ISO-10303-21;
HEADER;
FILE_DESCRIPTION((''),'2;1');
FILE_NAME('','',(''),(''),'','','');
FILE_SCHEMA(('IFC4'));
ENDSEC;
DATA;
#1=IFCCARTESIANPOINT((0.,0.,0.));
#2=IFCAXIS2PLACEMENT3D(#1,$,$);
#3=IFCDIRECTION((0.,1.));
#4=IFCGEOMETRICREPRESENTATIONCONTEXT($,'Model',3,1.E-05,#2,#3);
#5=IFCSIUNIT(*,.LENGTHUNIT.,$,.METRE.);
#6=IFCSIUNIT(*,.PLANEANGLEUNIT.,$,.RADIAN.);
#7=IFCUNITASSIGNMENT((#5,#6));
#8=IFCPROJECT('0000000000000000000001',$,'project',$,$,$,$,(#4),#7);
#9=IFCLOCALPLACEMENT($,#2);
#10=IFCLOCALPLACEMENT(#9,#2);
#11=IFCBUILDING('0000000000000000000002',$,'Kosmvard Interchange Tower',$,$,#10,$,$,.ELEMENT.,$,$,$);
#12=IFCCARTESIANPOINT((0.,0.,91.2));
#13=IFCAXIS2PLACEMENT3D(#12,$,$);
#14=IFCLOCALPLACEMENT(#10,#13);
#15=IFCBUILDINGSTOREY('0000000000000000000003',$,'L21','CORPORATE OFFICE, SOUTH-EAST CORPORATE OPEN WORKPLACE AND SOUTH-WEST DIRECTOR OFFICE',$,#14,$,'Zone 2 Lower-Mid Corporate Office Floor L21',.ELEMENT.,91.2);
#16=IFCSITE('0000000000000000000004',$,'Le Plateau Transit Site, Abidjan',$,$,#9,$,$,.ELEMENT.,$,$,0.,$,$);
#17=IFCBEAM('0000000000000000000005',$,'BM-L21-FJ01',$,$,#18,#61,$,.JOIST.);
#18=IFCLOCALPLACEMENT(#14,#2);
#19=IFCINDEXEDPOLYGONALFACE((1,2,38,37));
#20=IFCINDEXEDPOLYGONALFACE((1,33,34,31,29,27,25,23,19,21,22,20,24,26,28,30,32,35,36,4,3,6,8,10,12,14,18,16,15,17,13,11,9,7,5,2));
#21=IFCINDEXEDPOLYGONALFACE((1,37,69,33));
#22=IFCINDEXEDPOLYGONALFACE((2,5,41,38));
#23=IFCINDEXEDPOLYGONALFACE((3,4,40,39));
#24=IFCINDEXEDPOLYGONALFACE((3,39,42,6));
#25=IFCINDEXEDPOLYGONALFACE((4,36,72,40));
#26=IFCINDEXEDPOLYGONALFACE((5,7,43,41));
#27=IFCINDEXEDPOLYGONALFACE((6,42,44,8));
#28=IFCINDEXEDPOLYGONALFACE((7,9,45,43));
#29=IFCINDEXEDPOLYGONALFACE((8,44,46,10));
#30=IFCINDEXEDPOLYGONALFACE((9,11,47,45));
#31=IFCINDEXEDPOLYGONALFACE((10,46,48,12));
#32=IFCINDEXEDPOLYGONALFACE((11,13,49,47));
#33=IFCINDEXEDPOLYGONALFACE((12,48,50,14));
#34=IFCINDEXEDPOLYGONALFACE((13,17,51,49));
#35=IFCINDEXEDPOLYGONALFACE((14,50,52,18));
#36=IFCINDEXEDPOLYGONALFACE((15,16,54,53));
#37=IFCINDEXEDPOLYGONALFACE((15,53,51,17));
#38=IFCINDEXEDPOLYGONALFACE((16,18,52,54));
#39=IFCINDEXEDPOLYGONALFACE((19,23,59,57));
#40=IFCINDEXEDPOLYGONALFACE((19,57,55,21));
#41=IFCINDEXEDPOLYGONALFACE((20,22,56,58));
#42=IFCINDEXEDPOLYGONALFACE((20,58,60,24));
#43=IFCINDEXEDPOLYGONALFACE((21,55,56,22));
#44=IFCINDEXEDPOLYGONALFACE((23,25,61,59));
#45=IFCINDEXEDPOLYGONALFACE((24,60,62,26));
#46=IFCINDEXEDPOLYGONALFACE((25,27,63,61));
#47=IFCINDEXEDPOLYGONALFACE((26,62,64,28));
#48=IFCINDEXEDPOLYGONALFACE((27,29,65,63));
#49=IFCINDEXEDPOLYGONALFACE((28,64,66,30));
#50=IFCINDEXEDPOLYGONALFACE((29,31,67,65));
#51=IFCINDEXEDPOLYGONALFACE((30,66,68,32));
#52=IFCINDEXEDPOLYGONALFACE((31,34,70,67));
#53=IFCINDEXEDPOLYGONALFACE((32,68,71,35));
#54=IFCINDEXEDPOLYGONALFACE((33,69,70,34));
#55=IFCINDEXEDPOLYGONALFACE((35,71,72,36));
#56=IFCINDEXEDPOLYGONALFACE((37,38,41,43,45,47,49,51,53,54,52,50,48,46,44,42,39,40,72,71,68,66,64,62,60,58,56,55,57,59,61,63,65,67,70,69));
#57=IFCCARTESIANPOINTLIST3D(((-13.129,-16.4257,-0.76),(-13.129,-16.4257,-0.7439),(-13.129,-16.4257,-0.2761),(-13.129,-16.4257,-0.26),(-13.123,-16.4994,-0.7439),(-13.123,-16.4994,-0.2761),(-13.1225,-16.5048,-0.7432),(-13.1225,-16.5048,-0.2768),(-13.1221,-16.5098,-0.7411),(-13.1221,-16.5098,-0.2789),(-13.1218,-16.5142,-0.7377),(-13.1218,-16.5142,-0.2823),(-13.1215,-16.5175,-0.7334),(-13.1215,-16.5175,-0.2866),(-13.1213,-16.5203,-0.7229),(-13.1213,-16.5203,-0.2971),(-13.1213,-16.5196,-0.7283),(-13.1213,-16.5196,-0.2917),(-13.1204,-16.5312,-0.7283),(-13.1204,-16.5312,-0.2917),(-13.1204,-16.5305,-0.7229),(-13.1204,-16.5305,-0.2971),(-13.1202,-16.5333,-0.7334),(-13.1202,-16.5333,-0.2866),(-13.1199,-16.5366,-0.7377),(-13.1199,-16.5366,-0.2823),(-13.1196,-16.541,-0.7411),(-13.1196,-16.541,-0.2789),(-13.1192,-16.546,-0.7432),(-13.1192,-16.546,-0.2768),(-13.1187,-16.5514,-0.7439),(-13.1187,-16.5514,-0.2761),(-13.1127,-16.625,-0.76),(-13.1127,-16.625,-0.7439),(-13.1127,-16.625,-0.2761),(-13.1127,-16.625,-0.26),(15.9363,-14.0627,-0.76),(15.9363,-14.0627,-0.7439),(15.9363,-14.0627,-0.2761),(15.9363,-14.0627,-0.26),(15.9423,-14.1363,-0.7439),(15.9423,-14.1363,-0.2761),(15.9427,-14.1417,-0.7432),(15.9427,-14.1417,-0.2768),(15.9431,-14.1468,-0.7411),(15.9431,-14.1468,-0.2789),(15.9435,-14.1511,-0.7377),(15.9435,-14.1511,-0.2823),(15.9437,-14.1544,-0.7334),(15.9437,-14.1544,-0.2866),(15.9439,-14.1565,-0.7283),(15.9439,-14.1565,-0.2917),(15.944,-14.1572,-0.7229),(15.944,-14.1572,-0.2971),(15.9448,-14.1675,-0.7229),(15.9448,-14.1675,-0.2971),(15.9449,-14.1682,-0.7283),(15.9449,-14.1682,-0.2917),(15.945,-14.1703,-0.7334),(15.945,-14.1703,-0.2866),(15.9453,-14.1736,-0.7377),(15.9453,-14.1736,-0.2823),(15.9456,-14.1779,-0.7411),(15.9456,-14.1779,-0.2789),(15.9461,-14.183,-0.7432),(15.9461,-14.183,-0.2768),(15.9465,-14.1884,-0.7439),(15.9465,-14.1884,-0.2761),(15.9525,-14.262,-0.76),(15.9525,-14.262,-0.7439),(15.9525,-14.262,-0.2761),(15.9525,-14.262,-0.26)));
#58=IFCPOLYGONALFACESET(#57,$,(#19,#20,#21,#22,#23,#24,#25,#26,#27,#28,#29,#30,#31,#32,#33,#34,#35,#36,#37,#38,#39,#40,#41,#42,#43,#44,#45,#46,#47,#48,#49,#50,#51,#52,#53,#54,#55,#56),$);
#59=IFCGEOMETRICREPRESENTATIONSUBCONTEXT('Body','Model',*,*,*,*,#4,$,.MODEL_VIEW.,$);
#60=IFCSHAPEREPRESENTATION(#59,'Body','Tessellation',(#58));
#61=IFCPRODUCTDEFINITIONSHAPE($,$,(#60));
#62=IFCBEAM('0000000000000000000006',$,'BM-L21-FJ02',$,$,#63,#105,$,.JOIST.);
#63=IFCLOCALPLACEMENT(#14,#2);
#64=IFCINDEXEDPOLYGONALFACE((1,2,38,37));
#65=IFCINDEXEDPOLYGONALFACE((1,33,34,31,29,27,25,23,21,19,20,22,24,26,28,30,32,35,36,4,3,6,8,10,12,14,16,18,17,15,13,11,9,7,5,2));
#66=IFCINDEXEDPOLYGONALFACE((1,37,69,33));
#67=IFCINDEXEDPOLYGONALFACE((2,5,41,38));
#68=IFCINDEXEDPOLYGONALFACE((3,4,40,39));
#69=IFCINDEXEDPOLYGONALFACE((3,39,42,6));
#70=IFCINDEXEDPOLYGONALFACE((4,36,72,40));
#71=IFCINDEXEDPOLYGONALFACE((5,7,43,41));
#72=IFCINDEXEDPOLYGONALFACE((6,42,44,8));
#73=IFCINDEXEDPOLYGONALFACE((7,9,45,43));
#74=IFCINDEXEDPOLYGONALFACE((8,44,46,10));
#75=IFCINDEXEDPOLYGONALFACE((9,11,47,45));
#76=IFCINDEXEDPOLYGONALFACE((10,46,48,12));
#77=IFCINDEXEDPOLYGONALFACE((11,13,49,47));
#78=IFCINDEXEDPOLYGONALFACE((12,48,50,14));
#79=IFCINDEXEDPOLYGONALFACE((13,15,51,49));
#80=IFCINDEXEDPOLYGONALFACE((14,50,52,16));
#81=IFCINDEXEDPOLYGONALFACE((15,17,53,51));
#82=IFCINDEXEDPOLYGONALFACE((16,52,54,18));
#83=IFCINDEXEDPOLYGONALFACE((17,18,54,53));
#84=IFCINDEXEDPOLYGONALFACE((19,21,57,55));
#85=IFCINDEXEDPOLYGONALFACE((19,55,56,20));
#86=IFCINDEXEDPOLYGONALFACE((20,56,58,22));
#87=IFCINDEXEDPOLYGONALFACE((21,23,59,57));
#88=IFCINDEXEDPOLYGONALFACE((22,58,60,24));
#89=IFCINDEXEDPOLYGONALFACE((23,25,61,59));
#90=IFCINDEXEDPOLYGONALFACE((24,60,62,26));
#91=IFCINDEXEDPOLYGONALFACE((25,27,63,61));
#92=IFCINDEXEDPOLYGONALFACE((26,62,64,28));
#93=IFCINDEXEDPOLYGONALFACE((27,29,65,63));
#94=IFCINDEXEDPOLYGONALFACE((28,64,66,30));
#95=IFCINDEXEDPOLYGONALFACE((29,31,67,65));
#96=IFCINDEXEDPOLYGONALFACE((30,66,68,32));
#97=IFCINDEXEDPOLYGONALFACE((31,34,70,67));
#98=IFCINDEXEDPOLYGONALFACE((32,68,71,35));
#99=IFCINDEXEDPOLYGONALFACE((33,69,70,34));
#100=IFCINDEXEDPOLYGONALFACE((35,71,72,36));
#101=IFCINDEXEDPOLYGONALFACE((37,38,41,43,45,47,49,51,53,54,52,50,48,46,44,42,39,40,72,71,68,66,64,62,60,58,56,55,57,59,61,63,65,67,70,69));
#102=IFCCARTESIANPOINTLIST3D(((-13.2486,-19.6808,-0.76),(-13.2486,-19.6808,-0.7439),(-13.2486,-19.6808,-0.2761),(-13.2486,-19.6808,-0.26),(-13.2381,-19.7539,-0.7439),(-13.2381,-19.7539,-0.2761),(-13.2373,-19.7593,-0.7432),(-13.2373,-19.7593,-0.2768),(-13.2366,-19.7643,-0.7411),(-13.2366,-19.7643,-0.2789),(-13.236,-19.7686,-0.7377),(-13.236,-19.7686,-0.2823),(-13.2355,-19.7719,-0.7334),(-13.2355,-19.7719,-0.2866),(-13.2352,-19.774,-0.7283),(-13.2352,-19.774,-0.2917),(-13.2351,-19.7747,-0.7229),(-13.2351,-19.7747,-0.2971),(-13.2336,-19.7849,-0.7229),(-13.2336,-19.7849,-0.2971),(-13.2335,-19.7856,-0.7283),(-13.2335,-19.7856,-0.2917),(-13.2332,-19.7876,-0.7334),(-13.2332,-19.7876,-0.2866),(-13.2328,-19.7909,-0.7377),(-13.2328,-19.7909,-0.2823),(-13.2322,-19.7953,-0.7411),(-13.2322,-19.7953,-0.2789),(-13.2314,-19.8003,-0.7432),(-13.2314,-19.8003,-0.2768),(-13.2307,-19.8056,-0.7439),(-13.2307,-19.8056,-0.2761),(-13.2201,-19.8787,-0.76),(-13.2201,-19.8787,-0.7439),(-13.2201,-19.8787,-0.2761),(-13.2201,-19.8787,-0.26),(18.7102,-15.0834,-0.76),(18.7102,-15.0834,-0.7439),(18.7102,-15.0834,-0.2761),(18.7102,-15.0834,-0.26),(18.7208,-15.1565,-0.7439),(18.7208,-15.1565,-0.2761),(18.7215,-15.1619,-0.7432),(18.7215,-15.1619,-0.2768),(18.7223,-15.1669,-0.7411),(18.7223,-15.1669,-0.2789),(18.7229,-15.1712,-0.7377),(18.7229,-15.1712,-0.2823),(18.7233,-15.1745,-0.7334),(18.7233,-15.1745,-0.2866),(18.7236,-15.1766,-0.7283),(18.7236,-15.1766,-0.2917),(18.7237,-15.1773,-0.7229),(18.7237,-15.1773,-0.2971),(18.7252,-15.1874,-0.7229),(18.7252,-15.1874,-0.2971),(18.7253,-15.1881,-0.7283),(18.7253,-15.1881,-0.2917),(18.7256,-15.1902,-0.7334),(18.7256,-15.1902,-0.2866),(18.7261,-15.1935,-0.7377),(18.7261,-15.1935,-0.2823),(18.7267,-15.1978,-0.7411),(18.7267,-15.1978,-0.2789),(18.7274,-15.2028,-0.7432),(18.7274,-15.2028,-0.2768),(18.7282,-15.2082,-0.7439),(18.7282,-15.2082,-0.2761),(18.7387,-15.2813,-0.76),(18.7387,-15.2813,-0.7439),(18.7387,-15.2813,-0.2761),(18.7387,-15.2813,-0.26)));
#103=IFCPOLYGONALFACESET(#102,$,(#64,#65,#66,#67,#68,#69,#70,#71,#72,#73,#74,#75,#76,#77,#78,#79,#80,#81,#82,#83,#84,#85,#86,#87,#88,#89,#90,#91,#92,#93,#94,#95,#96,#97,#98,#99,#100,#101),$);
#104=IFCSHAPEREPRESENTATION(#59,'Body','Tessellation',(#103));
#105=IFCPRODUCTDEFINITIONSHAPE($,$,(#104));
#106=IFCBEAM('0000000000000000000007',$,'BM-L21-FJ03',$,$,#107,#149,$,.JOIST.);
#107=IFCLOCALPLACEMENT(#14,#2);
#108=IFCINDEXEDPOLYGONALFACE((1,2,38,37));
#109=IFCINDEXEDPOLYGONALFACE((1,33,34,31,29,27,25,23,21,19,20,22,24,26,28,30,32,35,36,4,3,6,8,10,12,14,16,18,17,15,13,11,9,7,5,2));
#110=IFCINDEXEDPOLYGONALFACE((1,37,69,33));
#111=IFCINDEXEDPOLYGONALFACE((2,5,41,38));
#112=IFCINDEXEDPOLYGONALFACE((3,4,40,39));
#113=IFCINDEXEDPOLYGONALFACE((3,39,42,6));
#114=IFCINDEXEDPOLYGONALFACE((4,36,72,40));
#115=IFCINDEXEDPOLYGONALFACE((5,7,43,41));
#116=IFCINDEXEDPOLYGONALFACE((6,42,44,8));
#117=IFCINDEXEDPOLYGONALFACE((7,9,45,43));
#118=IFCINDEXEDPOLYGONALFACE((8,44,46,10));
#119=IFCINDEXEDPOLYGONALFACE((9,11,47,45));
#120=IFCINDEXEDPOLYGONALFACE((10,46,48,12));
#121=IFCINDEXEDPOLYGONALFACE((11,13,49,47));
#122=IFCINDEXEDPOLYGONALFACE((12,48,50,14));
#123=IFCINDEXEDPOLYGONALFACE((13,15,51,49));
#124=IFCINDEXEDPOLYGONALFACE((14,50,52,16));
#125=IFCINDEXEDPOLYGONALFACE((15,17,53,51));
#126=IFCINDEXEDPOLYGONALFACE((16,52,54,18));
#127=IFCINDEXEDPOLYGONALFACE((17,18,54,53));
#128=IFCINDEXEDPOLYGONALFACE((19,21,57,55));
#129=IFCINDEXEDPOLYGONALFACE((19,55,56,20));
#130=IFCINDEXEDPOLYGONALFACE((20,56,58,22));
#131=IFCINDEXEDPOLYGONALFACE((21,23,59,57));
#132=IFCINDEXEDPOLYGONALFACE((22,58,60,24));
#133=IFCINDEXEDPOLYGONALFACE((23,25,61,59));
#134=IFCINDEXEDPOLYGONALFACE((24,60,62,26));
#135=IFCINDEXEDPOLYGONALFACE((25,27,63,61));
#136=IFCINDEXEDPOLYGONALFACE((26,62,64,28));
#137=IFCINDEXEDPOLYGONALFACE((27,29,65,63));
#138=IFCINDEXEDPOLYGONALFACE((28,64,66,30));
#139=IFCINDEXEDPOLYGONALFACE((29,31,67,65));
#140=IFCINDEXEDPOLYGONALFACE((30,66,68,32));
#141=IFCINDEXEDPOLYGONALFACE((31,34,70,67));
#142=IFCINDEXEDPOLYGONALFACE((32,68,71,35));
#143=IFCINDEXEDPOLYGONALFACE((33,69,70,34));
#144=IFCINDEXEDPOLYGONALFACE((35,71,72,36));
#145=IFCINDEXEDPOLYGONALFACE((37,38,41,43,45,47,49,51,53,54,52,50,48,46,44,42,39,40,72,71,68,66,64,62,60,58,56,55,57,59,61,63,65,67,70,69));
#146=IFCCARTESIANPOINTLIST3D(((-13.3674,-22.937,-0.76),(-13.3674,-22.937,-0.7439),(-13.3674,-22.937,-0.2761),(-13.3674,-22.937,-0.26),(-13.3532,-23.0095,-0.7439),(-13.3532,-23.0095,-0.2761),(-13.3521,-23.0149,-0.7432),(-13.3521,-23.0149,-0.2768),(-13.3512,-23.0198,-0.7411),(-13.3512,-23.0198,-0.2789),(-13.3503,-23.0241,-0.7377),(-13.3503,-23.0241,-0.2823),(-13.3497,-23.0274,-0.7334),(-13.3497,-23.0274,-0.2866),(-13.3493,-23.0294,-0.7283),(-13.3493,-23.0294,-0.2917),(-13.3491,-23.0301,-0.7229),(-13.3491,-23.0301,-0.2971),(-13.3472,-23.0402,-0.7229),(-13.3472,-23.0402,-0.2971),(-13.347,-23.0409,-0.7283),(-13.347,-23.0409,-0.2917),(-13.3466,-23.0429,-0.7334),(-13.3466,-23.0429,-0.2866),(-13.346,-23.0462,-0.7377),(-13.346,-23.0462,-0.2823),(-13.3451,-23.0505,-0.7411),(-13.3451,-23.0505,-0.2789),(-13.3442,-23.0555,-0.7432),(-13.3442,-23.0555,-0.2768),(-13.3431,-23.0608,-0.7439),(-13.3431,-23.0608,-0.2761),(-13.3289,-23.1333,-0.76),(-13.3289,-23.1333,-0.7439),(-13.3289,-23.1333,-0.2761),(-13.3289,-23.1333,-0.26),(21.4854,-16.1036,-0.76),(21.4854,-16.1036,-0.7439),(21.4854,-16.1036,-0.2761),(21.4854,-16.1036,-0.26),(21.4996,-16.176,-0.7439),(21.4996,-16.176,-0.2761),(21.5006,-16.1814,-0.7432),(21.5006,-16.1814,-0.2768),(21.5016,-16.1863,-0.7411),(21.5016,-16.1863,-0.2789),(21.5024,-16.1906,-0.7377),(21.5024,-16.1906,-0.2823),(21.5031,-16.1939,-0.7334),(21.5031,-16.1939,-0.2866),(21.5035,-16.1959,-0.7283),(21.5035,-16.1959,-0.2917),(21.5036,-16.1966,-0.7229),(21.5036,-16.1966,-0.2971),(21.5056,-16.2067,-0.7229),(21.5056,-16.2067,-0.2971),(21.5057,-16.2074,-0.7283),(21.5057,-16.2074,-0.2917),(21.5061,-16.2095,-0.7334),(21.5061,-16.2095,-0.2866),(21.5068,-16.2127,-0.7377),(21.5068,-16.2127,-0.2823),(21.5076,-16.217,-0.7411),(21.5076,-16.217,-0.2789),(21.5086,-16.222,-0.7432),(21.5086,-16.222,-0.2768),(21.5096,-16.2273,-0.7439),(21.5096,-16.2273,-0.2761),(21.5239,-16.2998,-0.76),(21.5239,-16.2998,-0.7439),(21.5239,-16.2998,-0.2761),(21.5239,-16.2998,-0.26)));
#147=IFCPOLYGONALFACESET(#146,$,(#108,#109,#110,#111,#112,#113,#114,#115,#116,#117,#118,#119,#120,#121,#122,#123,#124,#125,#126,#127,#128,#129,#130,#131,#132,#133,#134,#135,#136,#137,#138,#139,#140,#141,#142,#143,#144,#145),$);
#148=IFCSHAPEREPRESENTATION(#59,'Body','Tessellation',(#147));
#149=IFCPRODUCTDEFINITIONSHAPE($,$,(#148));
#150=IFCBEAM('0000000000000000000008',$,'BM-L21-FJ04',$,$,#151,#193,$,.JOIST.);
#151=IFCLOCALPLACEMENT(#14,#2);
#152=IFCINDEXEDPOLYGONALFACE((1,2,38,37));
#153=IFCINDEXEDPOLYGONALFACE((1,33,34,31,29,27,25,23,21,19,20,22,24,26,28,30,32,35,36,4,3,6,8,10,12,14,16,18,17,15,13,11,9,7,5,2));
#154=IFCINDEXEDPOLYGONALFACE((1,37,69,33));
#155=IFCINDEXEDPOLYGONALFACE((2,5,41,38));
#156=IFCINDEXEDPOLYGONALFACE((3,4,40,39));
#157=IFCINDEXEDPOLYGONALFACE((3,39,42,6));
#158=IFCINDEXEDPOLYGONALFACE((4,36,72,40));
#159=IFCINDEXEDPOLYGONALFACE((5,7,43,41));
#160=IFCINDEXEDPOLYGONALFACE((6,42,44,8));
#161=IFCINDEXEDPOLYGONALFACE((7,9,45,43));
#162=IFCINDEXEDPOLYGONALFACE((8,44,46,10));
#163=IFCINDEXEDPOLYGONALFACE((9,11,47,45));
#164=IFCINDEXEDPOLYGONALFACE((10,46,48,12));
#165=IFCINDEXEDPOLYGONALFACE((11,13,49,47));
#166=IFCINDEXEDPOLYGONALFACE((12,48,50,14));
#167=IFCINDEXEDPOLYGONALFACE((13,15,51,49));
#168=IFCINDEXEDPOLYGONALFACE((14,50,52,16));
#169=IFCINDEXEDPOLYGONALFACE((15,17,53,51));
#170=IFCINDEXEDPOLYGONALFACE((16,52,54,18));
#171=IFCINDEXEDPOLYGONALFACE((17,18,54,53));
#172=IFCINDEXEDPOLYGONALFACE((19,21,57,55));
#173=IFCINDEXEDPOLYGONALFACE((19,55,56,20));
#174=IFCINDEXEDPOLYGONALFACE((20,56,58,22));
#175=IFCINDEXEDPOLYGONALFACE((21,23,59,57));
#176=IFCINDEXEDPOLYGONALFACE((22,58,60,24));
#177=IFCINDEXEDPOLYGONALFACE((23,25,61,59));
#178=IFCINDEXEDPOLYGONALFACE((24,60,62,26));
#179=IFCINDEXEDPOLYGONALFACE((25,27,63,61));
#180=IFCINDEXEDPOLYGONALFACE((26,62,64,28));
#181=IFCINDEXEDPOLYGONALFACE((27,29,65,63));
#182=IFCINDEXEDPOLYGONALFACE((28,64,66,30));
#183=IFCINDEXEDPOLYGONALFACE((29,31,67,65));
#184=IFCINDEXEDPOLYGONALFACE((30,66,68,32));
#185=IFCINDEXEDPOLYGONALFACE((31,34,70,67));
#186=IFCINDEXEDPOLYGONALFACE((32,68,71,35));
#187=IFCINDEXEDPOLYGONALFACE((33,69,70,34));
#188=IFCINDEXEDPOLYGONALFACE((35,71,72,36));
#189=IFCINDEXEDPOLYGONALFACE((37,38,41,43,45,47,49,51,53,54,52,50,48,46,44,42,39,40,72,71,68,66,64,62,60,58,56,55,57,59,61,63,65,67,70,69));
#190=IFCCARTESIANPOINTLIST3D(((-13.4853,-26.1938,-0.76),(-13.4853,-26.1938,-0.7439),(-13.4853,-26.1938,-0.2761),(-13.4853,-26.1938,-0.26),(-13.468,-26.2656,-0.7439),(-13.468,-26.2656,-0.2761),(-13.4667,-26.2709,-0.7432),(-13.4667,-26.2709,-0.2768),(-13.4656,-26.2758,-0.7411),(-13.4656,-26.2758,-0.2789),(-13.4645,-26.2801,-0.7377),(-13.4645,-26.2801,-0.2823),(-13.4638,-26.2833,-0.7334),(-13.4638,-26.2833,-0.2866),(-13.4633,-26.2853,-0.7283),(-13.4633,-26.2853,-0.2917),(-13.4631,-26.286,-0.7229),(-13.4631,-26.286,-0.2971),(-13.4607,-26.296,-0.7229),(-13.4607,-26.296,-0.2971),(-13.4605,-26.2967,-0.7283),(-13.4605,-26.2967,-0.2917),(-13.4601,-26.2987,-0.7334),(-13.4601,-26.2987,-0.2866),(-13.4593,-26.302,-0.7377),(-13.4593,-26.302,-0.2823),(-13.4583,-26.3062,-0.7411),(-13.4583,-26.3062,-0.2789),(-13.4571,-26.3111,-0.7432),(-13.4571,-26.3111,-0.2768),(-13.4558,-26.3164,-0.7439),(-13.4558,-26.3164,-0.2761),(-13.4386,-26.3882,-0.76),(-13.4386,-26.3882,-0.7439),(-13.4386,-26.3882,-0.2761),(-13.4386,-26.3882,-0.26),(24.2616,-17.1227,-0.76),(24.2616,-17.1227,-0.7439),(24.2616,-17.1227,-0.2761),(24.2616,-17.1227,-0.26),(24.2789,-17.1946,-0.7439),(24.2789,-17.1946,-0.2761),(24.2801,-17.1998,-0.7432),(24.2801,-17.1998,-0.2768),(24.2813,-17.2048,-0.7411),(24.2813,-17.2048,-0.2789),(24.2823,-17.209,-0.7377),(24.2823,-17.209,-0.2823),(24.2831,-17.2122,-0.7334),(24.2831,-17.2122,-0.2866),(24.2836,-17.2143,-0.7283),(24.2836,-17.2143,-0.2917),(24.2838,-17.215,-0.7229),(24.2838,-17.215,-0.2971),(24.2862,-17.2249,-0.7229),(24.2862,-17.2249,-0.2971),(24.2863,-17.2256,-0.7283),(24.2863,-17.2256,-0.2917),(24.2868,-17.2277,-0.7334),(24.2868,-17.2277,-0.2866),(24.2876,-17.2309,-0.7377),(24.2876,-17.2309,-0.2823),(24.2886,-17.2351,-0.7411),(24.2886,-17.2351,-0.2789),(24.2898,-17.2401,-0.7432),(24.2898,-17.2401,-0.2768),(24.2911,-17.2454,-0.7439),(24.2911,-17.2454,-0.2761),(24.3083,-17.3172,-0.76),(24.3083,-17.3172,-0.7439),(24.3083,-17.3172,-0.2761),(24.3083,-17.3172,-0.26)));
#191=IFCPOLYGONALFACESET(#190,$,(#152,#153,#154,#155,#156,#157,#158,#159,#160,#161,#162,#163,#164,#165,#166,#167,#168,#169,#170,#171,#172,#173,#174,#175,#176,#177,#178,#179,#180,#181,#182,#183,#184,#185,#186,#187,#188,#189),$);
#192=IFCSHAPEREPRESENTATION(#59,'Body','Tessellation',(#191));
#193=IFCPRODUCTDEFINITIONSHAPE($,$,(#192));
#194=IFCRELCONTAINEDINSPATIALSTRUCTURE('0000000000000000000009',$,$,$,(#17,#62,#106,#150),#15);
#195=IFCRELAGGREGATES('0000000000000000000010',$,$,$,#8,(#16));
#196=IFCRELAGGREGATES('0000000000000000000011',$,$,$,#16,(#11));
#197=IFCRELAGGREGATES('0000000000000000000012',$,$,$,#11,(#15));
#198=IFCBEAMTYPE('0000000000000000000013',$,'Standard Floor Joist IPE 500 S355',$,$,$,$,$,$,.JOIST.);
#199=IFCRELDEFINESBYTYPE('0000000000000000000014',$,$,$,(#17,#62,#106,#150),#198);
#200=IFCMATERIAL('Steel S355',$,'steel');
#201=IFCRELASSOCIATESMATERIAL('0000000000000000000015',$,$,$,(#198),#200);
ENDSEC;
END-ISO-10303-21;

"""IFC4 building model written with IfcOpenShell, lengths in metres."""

from ifc_helpers import new_model, si_unit, direction, frame, origin, origin_2d, place, context, subcontext, project, spatial, i_section, extrude, source, transform, mapped, material, material_profile, profile_set, type_object, element, save


model = new_model("IFC4")

# Units and contexts
model_context = context("Model", 3, precision=1e-05, world=origin(), true_north=direction((0.0, 1.0)))
body_context = subcontext(model_context, "Body", "Model", "MODEL_VIEW")
ifc_project = project(units=[si_unit("LENGTHUNIT", "METRE"), si_unit("PLANEANGLEUNIT", "RADIAN")], contexts=[model_context])

# Site, building, storey
site_placement = place(None, origin())
site = spatial("IfcSite", under=ifc_project, at=site_placement, Name="Le Plateau Transit Site, Abidjan", CompositionType="ELEMENT", RefElevation=0.0)
building_placement = place(site_placement, origin())
building = spatial("IfcBuilding", under=site, at=building_placement, Name="Kosmvard Interchange Tower", CompositionType="ELEMENT")
storey_placement = place(building_placement, frame((0.0, 0.0, 91.2)))
storey = spatial("IfcBuildingStorey", under=building, at=storey_placement, Name="L21", Description="CORPORATE OFFICE, SOUTH-EAST CORPORATE OPEN WORKPLACE AND SOUTH-WEST DIRECTOR OFFICE", LongName="Zone 2 Lower-Mid Corporate Office Floor L21", CompositionType="ELEMENT", Elevation=91.2)

# Beams
ifc_material_1 = material(Name="Steel S355", Category="steel")
ifc_material_profile_1 = material_profile(ifc_material_1, i_section(OverallWidth=0.2, OverallDepth=0.5, WebThickness=0.0103, FlangeThickness=0.0161, FilletRadius=0.021, at=origin_2d()), Name="IPE 500")
ifc_profile_set_1 = profile_set([ifc_material_profile_1], Name="Steel S355")
beam_type_1 = type_object("IfcBeamType", Name="Standard Floor Joist IPE 500 S355", PredefinedType="JOIST", material=ifc_profile_set_1)
shared_shape_1 = source(origin(), body_context, "Body", "SweptSolid", [
    extrude(i_section(OverallWidth=0.2, OverallDepth=0.5, WebThickness=0.0103, FlangeThickness=0.0161, FilletRadius=0.021, at=origin_2d()), origin(), (0.0, 0.0, 1.0), 29.1611),
])
beam_1_placement = place(storey_placement, frame((-13.1208, -16.5254, -0.51), z_axis=(0.996711, 0.081034, 0.0), x_axis=(-0.081034, 0.996711, 0.0)))
element("IfcBeam", 1, at=beam_1_placement, inside=storey, type_object=beam_type_1, Name="BM-L21-FJ01", PredefinedType="JOIST", context=body_context, shape_type="MappedRepresentation", body=[
    mapped(shared_shape_1, transform((0.0, 0.0, 0.0), scale=1.0)),
])
shared_shape_2 = source(origin(), body_context, "Body", "SweptSolid", [
    extrude(i_section(OverallWidth=0.2, OverallDepth=0.5, WebThickness=0.0103, FlangeThickness=0.0161, FilletRadius=0.021, at=origin_2d()), origin(), (0.0, 0.0, 1.0), 32.2878),
])
beam_2_placement = place(storey_placement, frame((-13.2344, -19.7798, -0.51), z_axis=(0.989811, 0.142389, 0.0), x_axis=(-0.142389, 0.989811, 0.0)))
element("IfcBeam", 2, at=beam_2_placement, inside=storey, type_object=beam_type_1, Name="BM-L21-FJ02", PredefinedType="JOIST", context=body_context, shape_type="MappedRepresentation", body=[
    mapped(shared_shape_2, transform((0.0, 0.0, 0.0), scale=1.0)),
])
shared_shape_3 = source(origin(), body_context, "Body", "SweptSolid", [
    extrude(i_section(OverallWidth=0.2, OverallDepth=0.5, WebThickness=0.0103, FlangeThickness=0.0161, FilletRadius=0.021, at=origin_2d()), origin(), (0.0, 0.0, 1.0), 35.5164),
])
beam_3_placement = place(storey_placement, frame((-13.3481, -23.0352, -0.51), z_axis=(0.981316, 0.192404, 0.0), x_axis=(-0.192404, 0.981316, 0.0)))
element("IfcBeam", 3, at=beam_3_placement, inside=storey, type_object=beam_type_1, Name="BM-L21-FJ03", PredefinedType="JOIST", context=body_context, shape_type="MappedRepresentation", body=[
    mapped(shared_shape_3, transform((0.0, 0.0, 0.0), scale=1.0)),
])
shared_shape_4 = source(origin(), body_context, "Body", "SweptSolid", [
    extrude(i_section(OverallWidth=0.2, OverallDepth=0.5, WebThickness=0.0103, FlangeThickness=0.0161, FilletRadius=0.021, at=origin_2d()), origin(), (0.0, 0.0, 1.0), 38.8215),
])
beam_4_placement = place(storey_placement, frame((-13.4619, -26.291, -0.51), z_axis=(0.972318, 0.233661, 0.0), x_axis=(-0.233661, 0.972318, 0.0)))
element("IfcBeam", 4, at=beam_4_placement, inside=storey, type_object=beam_type_1, Name="BM-L21-FJ04", PredefinedType="JOIST", context=body_context, shape_type="MappedRepresentation", body=[
    mapped(shared_shape_4, transform((0.0, 0.0, 0.0), scale=1.0)),
])

save(model, "model.ifc")
